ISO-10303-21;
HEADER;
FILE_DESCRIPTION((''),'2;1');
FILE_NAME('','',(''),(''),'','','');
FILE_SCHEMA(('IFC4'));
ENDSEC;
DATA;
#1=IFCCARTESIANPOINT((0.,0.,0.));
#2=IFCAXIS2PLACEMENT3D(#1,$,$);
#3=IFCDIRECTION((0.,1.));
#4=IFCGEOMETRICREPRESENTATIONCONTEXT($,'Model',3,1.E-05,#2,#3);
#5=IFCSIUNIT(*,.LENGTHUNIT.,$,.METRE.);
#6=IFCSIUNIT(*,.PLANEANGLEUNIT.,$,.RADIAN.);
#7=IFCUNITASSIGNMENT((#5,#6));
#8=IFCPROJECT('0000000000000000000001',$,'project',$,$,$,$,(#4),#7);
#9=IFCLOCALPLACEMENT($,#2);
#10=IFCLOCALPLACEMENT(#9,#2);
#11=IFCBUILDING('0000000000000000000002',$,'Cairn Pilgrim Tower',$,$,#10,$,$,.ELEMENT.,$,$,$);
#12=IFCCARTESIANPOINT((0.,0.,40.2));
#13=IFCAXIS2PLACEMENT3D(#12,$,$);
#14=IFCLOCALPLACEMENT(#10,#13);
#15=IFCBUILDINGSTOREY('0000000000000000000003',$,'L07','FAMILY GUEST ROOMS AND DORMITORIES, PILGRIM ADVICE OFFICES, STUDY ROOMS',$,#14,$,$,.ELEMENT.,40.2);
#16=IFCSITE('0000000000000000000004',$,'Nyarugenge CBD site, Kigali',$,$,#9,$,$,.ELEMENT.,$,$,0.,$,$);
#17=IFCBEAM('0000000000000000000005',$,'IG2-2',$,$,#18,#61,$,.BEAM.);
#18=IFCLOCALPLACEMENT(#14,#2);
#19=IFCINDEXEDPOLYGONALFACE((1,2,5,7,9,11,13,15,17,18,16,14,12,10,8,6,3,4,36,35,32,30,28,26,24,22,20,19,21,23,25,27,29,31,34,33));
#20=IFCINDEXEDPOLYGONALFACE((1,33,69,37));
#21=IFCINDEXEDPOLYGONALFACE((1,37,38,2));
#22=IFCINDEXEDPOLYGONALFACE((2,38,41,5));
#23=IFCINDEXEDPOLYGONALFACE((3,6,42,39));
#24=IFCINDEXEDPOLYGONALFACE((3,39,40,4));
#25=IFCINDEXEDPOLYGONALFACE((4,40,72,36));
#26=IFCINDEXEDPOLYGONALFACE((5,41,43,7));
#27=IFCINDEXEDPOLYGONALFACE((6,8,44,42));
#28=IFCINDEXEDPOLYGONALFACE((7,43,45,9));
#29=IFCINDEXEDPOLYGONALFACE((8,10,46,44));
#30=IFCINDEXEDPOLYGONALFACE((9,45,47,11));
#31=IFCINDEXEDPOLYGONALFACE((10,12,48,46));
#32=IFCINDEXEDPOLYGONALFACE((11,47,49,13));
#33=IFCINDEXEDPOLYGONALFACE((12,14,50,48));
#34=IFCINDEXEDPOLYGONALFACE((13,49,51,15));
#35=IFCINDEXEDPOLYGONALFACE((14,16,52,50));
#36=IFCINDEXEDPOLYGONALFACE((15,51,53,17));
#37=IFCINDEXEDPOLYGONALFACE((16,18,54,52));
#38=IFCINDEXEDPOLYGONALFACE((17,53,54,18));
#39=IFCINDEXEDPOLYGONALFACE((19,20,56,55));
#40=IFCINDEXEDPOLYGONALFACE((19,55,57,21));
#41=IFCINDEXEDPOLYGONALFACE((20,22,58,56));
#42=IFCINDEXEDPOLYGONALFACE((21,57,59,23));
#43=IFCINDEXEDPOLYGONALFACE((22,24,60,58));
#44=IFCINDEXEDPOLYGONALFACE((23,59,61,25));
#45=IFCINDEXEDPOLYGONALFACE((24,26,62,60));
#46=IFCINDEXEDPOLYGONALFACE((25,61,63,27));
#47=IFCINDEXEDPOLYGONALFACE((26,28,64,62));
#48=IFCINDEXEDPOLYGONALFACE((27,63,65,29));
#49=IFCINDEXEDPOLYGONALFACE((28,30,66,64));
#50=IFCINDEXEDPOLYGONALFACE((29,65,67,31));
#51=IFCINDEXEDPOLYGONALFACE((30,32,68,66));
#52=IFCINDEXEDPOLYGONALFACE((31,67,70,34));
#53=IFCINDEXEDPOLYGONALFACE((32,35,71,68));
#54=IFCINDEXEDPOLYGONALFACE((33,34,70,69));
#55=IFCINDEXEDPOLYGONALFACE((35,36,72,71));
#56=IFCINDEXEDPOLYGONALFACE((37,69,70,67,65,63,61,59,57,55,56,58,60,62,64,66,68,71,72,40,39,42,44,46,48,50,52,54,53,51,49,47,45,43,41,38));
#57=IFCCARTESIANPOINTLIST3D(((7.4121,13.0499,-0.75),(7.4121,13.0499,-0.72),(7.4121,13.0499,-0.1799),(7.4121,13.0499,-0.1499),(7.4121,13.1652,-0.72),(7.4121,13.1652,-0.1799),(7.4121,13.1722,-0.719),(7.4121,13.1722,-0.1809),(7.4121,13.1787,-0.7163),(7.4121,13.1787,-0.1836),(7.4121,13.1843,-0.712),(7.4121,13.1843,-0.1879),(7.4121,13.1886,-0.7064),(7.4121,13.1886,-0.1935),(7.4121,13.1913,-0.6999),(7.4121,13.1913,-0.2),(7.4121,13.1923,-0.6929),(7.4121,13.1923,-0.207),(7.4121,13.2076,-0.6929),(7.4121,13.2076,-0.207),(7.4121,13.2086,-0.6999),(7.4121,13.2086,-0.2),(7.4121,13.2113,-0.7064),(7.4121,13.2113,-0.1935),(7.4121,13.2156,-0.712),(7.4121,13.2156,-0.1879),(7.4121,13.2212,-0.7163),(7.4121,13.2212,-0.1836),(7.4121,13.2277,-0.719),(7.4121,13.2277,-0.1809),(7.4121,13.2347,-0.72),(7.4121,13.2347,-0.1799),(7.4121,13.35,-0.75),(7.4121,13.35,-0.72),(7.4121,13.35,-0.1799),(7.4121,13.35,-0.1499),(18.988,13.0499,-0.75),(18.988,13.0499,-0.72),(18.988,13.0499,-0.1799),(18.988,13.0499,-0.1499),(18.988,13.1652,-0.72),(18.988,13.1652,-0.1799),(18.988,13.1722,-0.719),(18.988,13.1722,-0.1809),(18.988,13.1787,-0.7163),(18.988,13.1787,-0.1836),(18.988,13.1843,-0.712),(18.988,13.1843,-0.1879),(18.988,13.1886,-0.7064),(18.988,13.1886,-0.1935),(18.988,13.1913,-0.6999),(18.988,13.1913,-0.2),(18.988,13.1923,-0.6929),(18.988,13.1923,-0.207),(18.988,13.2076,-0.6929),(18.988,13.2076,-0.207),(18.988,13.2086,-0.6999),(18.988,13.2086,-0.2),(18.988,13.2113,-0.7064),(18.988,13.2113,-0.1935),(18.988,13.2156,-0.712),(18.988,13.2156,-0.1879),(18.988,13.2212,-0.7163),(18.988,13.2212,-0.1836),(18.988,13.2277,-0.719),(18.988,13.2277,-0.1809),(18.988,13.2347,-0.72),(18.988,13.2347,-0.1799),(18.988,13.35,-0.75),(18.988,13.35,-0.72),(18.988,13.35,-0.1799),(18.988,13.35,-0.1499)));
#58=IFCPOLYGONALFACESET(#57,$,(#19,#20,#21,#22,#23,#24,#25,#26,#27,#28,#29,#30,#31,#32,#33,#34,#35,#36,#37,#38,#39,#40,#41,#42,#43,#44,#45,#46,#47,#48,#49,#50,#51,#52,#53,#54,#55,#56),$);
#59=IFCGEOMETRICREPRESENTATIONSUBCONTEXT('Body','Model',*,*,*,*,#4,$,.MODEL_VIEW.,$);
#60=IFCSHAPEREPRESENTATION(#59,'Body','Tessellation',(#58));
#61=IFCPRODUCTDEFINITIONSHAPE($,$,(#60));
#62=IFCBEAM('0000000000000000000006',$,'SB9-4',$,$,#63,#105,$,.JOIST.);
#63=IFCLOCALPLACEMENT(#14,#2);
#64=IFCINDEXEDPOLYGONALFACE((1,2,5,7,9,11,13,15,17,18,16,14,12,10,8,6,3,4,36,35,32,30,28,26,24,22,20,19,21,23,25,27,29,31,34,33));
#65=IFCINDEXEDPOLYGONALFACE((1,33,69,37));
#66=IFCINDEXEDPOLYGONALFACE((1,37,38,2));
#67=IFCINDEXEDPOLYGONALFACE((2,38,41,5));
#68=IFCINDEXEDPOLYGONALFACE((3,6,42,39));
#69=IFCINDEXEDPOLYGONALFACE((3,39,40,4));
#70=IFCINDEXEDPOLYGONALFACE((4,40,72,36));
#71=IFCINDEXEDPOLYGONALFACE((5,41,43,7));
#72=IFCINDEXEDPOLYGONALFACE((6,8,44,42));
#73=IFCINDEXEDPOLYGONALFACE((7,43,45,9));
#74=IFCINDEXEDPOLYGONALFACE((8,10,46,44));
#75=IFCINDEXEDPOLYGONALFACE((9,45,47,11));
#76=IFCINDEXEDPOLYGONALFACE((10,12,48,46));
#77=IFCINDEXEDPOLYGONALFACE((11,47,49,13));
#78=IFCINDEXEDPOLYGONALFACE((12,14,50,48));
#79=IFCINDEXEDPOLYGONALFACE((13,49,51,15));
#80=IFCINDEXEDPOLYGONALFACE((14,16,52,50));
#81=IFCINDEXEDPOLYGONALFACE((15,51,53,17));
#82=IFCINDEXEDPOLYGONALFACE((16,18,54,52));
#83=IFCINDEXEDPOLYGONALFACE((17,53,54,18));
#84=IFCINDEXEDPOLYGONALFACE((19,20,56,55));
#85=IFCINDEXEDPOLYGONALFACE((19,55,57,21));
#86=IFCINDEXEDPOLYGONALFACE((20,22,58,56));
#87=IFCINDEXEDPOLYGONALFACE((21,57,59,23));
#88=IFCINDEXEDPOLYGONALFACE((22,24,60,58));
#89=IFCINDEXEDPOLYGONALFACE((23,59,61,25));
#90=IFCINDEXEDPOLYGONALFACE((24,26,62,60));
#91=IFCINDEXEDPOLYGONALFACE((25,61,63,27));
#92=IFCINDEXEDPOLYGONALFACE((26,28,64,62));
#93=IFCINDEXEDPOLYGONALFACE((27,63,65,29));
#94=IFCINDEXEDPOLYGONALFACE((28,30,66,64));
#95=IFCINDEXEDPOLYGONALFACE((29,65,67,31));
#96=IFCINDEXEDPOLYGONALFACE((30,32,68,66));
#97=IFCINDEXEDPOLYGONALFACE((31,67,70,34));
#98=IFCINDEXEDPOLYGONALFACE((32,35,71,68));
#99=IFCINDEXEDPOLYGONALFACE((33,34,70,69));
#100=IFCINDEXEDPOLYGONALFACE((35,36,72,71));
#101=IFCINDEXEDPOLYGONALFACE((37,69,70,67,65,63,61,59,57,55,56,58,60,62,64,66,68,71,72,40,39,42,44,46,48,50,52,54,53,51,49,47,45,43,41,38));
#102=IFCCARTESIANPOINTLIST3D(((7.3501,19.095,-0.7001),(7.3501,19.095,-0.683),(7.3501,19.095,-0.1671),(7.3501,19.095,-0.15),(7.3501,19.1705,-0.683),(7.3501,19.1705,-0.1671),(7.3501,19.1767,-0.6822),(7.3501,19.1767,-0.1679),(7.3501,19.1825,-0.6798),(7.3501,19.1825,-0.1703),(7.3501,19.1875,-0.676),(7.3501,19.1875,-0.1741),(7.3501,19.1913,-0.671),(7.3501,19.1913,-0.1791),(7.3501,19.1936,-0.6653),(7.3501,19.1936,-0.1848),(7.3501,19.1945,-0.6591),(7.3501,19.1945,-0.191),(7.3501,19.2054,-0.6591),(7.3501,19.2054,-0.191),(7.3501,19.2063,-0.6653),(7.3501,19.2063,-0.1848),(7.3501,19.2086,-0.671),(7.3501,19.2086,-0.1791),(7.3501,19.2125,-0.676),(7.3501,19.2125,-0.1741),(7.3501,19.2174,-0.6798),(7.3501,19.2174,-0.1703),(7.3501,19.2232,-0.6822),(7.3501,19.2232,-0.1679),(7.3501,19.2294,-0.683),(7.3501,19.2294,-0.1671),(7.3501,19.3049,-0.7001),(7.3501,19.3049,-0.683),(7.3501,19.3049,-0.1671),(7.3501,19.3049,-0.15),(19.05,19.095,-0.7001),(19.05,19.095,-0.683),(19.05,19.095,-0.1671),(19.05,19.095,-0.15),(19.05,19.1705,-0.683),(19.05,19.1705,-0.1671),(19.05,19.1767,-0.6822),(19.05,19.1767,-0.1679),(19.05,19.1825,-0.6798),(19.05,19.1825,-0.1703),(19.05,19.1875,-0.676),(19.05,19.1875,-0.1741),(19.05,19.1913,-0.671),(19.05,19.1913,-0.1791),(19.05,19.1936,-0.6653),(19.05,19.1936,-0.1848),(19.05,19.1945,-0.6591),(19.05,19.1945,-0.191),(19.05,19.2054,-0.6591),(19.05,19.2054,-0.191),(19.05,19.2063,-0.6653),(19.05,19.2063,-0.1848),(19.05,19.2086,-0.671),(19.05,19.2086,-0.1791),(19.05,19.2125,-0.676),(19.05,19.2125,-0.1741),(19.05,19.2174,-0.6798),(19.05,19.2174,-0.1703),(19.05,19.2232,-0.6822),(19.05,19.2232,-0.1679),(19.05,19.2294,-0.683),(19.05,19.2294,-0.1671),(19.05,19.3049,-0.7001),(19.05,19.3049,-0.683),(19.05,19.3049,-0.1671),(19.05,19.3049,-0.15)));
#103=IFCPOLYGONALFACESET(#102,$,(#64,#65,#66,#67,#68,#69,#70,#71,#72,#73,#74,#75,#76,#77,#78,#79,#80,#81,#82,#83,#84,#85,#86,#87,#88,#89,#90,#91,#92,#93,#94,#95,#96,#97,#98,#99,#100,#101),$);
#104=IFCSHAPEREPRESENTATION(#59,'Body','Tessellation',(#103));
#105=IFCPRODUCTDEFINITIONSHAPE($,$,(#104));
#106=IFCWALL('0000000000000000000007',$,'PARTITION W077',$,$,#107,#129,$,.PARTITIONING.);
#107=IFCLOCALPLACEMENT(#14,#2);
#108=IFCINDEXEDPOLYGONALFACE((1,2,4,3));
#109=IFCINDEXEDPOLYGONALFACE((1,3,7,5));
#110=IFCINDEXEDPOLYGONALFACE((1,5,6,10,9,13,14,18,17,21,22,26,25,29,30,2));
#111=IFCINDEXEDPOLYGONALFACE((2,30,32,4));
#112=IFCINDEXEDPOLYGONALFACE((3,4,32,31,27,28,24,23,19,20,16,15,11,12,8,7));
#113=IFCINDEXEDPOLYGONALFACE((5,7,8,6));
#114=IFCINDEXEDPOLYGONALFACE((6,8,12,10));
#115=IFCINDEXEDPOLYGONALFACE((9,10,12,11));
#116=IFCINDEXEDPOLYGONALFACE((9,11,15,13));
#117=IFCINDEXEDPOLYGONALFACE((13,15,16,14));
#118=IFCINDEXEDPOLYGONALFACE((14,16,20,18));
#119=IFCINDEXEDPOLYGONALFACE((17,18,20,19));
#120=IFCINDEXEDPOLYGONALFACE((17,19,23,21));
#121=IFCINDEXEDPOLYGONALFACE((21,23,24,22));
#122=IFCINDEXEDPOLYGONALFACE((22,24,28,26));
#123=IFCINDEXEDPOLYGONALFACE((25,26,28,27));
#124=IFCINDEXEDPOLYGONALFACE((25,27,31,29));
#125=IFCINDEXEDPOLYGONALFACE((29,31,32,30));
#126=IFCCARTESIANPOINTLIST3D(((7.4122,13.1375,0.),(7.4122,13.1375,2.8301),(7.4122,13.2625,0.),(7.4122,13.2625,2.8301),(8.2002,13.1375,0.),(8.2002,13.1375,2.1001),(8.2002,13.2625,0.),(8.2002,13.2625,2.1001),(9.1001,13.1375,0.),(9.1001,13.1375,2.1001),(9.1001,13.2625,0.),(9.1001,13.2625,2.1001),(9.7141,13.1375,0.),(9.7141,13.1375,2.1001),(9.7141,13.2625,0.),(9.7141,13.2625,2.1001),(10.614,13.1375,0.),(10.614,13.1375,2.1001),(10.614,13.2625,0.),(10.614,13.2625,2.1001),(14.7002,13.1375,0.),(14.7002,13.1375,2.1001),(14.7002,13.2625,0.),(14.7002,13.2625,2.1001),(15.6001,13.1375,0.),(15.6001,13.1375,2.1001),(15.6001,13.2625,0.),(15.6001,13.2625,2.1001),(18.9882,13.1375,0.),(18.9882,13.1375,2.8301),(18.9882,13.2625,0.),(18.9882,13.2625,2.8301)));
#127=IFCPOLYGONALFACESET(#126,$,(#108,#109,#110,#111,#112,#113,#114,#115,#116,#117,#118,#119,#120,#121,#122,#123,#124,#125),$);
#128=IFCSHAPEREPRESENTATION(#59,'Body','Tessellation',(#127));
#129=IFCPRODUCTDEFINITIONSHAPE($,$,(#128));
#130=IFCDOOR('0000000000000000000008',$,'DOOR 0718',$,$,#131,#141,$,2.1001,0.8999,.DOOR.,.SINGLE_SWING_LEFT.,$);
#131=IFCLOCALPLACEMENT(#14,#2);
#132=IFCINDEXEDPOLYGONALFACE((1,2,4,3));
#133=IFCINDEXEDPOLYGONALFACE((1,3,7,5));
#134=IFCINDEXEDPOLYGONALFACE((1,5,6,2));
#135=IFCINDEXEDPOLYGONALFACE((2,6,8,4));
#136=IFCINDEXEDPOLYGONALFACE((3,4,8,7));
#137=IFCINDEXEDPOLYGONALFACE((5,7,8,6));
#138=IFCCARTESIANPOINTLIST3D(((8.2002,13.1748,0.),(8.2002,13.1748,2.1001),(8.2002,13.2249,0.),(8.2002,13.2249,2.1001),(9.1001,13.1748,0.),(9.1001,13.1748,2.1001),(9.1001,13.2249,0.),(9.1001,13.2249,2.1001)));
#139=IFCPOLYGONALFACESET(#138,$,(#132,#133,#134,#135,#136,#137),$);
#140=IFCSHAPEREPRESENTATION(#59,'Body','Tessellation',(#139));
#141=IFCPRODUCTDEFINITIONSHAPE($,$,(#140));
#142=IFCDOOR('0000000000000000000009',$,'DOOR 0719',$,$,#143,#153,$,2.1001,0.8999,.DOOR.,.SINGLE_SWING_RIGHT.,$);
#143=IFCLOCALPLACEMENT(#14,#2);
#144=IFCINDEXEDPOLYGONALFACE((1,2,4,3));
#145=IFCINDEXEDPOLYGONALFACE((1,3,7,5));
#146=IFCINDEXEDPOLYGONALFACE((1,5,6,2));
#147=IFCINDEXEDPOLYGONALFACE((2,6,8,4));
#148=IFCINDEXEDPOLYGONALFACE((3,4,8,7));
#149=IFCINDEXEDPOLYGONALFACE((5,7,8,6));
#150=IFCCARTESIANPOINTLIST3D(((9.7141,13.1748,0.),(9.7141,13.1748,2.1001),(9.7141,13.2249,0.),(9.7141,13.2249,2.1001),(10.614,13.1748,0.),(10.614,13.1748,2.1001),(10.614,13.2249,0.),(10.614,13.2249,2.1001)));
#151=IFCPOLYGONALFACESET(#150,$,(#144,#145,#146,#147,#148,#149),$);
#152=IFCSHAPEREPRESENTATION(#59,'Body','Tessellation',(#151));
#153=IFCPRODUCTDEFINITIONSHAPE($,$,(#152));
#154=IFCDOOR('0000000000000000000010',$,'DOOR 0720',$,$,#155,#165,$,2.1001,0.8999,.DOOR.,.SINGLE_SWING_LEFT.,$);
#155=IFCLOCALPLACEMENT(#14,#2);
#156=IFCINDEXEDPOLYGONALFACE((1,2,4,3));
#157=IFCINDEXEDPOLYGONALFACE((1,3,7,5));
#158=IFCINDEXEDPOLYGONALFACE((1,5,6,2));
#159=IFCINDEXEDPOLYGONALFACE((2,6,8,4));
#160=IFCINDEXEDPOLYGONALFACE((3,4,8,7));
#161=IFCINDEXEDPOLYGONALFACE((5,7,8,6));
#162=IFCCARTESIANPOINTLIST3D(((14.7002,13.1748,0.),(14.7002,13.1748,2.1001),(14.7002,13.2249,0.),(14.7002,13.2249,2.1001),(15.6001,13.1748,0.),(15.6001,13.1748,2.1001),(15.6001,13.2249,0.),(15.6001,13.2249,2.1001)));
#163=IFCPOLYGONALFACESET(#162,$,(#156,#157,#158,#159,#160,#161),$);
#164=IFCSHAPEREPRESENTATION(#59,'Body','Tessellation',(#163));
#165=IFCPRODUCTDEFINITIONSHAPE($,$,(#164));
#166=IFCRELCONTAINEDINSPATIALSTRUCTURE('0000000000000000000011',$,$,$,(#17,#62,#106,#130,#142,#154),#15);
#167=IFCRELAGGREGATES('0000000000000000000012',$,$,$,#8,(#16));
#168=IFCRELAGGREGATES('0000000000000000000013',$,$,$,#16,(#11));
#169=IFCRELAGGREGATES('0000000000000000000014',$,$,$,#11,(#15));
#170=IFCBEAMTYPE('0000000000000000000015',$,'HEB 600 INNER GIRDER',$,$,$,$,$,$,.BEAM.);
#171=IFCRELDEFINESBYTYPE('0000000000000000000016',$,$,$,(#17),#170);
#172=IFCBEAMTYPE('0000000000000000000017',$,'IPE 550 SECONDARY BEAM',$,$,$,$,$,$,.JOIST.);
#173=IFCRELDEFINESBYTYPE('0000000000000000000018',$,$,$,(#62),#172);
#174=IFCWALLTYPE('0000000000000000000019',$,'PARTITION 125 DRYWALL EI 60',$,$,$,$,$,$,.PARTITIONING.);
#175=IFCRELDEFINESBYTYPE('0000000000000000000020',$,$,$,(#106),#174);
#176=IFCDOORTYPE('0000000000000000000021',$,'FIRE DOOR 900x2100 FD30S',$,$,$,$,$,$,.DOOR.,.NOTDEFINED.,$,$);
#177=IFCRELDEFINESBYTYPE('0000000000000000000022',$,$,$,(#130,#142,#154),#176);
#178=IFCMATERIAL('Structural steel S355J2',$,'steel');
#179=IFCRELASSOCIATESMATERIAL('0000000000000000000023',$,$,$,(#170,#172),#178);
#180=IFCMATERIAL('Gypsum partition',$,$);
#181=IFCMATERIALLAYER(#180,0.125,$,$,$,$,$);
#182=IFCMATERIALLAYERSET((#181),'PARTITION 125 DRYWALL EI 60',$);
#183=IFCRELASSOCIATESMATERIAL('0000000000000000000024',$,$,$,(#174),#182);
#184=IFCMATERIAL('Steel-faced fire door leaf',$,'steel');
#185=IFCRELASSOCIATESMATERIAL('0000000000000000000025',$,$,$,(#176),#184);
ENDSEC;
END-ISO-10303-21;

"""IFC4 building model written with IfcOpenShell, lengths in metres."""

from ifc_helpers import new_model, si_unit, direction, frame, frame_2d, origin, origin_2d, place, context, subcontext, project, spatial, rectangle, i_section, extrude, material, layer, layer_set, material_profile, profile_set, type_object, element, fill, save


model = new_model("IFC4")

# Units and contexts
model_context = context("Model", 3, precision=1e-05, world=origin(), true_north=direction((0.0, 1.0)))
body_context = subcontext(model_context, "Body", "Model", "MODEL_VIEW")
ifc_project = project(units=[si_unit("LENGTHUNIT", "METRE"), si_unit("PLANEANGLEUNIT", "RADIAN")], contexts=[model_context])

# Site, building, storey
site_placement = place(None, origin())
site = spatial("IfcSite", under=ifc_project, at=site_placement, Name="Nyarugenge CBD site, Kigali", CompositionType="ELEMENT", RefElevation=0.0)
building_placement = place(site_placement, origin())
building = spatial("IfcBuilding", under=site, at=building_placement, Name="Cairn Pilgrim Tower", CompositionType="ELEMENT")
storey_placement = place(building_placement, frame((0.0, 0.0, 40.2)))
storey = spatial("IfcBuildingStorey", under=building, at=storey_placement, Name="L07", Description="FAMILY GUEST ROOMS AND DORMITORIES, PILGRIM ADVICE OFFICES, STUDY ROOMS", CompositionType="ELEMENT", Elevation=40.2)

# Beams
ifc_material_1 = material(Name="Structural steel S355J2", Category="steel")
ifc_material_profile_1 = material_profile(ifc_material_1, i_section(OverallWidth=0.3, OverallDepth=0.6001, WebThickness=0.0154, FlangeThickness=0.03, FilletRadius=0.0271, at=origin_2d()), Name="HEB 600")
ifc_profile_set_1 = profile_set([ifc_material_profile_1], Name="Structural steel S355J2")
beam_type_1 = type_object("IfcBeamType", Name="HEB 600 INNER GIRDER", PredefinedType="BEAM", material=ifc_profile_set_1)
beam_1_placement = place(storey_placement, frame((7.4121, 13.2, -0.45), z_axis=(1.0, 0.0, 0.0), x_axis=(0.0, 1.0, 0.0)))
element("IfcBeam", 1, at=beam_1_placement, inside=storey, type_object=beam_type_1, Name="IG2-2", PredefinedType="BEAM", context=body_context, shape_type="SweptSolid", body=[
    extrude(i_section(OverallWidth=0.3, OverallDepth=0.6001, WebThickness=0.0154, FlangeThickness=0.03, FilletRadius=0.0271, at=origin_2d()), origin(), (0.0, 0.0, 1.0), 11.5759),
])
ifc_material_profile_2 = material_profile(ifc_material_1, i_section(OverallWidth=0.21, OverallDepth=0.55, WebThickness=0.011, FlangeThickness=0.0171, FilletRadius=0.0239, at=origin_2d()), Name="IPE 550")
ifc_profile_set_2 = profile_set([ifc_material_profile_2], Name="Structural steel S355J2")
beam_type_2 = type_object("IfcBeamType", Name="IPE 550 SECONDARY BEAM", PredefinedType="JOIST", material=ifc_profile_set_2)
beam_2_placement = place(storey_placement, frame((7.3501, 19.2, -0.425), z_axis=(1.0, 0.0, 0.0), x_axis=(0.0, 1.0, 0.0)))
element("IfcBeam", 2, at=beam_2_placement, inside=storey, type_object=beam_type_2, Name="SB9-4", PredefinedType="JOIST", context=body_context, shape_type="SweptSolid", body=[
    extrude(i_section(OverallWidth=0.21, OverallDepth=0.55, WebThickness=0.011, FlangeThickness=0.0171, FilletRadius=0.0239, at=origin_2d()), origin(), (0.0, 0.0, 1.0), 11.7),
])

# Wall, openings, doors
ifc_material_2 = material(Name="Gypsum partition")
ifc_layer_1 = layer(ifc_material_2, 0.125)
ifc_layer_set_1 = layer_set([ifc_layer_1], Name="PARTITION 125 DRYWALL EI 60")
wall_type_1 = type_object("IfcWallType", Name="PARTITION 125 DRYWALL EI 60", PredefinedType="PARTITIONING", material=ifc_layer_set_1)
wall_1_placement = place(storey_placement, frame((7.4121, 13.2, 0.0), z_axis=(0.0, 0.0, 1.0), x_axis=(1.0, 0.0, 0.0)))
wall_1 = element("IfcWall", 3, at=wall_1_placement, inside=storey, type_object=wall_type_1, Name="PARTITION W077", PredefinedType="PARTITIONING", context=body_context, shape_type="SweptSolid", body=[
    extrude(rectangle(XDim=11.5759, YDim=0.125, at=frame_2d((5.7881, 0.0))), origin(), (0.0, 0.0, 1.0), 2.8301),
])
opening_1_placement = place(wall_1_placement, frame((0.7881, 0.0, 0.0)))
opening_1 = element("IfcOpeningElement", 4, at=opening_1_placement, cuts=wall_1, PredefinedType="OPENING", context=body_context, shape_type="SweptSolid", body=[
    extrude(rectangle(XDim=0.8999, YDim=2.1001, at=frame_2d((0.45, 1.05))), frame((0.0, 0.0725, 0.0), z_axis=(0.0, -1.0, 0.0), x_axis=(1.0, 0.0, 0.0)), (0.0, 0.0, 1.0), 0.145),
])
opening_2_placement = place(wall_1_placement, frame((2.302, 0.0, 0.0)))
opening_2 = element("IfcOpeningElement", 5, at=opening_2_placement, cuts=wall_1, PredefinedType="OPENING", context=body_context, shape_type="SweptSolid", body=[
    extrude(rectangle(XDim=0.8999, YDim=2.1001, at=frame_2d((0.45, 1.05))), frame((0.0, 0.0725, 0.0), z_axis=(0.0, -1.0, 0.0), x_axis=(1.0, 0.0, 0.0)), (0.0, 0.0, 1.0), 0.145),
])
opening_3_placement = place(wall_1_placement, frame((7.2881, 0.0, 0.0)))
opening_3 = element("IfcOpeningElement", 6, at=opening_3_placement, cuts=wall_1, PredefinedType="OPENING", context=body_context, shape_type="SweptSolid", body=[
    extrude(rectangle(XDim=0.8999, YDim=2.1001, at=frame_2d((0.45, 1.05))), frame((0.0, 0.0725, 0.0), z_axis=(0.0, -1.0, 0.0), x_axis=(1.0, 0.0, 0.0)), (0.0, 0.0, 1.0), 0.145),
])
ifc_material_3 = material(Name="Steel-faced fire door leaf", Category="steel")
door_type = type_object("IfcDoorType", Name="FIRE DOOR 900x2100 FD30S", OperationType="NOTDEFINED", PredefinedType="DOOR", material=ifc_material_3)
door_1_placement = place(opening_1_placement, origin())
door_1 = element("IfcDoor", 7, at=door_1_placement, inside=storey, type_object=door_type, Name="DOOR 0718", OperationType="SINGLE_SWING_LEFT", OverallHeight=2.1001, OverallWidth=0.8999, PredefinedType="DOOR", context=body_context, shape_type="SweptSolid", body=[
    extrude(rectangle(XDim=0.8999, YDim=2.1001, at=frame_2d((0.45, 1.05))), frame((0.0, 0.0249, 0.0), z_axis=(0.0, -1.0, 0.0), x_axis=(1.0, 0.0, 0.0)), (0.0, 0.0, 1.0), 0.05),
])
fill(opening_1, door_1)
door_2_placement = place(opening_2_placement, origin())
door_2 = element("IfcDoor", 8, at=door_2_placement, inside=storey, type_object=door_type, Name="DOOR 0719", OperationType="SINGLE_SWING_RIGHT", OverallHeight=2.1001, OverallWidth=0.8999, PredefinedType="DOOR", context=body_context, shape_type="SweptSolid", body=[
    extrude(rectangle(XDim=0.8999, YDim=2.1001, at=frame_2d((0.45, 1.05))), frame((0.0, 0.0249, 0.0), z_axis=(0.0, -1.0, 0.0), x_axis=(1.0, 0.0, 0.0)), (0.0, 0.0, 1.0), 0.05),
])
fill(opening_2, door_2)
door_3_placement = place(opening_3_placement, origin())
door_3 = element("IfcDoor", 9, at=door_3_placement, inside=storey, type_object=door_type, Name="DOOR 0720", OperationType="SINGLE_SWING_LEFT", OverallHeight=2.1001, OverallWidth=0.8999, PredefinedType="DOOR", context=body_context, shape_type="SweptSolid", body=[
    extrude(rectangle(XDim=0.8999, YDim=2.1001, at=frame_2d((0.45, 1.05))), frame((0.0, 0.0249, 0.0), z_axis=(0.0, -1.0, 0.0), x_axis=(1.0, 0.0, 0.0)), (0.0, 0.0, 1.0), 0.05),
])
fill(opening_3, door_3)

save(model, "model.ifc")
